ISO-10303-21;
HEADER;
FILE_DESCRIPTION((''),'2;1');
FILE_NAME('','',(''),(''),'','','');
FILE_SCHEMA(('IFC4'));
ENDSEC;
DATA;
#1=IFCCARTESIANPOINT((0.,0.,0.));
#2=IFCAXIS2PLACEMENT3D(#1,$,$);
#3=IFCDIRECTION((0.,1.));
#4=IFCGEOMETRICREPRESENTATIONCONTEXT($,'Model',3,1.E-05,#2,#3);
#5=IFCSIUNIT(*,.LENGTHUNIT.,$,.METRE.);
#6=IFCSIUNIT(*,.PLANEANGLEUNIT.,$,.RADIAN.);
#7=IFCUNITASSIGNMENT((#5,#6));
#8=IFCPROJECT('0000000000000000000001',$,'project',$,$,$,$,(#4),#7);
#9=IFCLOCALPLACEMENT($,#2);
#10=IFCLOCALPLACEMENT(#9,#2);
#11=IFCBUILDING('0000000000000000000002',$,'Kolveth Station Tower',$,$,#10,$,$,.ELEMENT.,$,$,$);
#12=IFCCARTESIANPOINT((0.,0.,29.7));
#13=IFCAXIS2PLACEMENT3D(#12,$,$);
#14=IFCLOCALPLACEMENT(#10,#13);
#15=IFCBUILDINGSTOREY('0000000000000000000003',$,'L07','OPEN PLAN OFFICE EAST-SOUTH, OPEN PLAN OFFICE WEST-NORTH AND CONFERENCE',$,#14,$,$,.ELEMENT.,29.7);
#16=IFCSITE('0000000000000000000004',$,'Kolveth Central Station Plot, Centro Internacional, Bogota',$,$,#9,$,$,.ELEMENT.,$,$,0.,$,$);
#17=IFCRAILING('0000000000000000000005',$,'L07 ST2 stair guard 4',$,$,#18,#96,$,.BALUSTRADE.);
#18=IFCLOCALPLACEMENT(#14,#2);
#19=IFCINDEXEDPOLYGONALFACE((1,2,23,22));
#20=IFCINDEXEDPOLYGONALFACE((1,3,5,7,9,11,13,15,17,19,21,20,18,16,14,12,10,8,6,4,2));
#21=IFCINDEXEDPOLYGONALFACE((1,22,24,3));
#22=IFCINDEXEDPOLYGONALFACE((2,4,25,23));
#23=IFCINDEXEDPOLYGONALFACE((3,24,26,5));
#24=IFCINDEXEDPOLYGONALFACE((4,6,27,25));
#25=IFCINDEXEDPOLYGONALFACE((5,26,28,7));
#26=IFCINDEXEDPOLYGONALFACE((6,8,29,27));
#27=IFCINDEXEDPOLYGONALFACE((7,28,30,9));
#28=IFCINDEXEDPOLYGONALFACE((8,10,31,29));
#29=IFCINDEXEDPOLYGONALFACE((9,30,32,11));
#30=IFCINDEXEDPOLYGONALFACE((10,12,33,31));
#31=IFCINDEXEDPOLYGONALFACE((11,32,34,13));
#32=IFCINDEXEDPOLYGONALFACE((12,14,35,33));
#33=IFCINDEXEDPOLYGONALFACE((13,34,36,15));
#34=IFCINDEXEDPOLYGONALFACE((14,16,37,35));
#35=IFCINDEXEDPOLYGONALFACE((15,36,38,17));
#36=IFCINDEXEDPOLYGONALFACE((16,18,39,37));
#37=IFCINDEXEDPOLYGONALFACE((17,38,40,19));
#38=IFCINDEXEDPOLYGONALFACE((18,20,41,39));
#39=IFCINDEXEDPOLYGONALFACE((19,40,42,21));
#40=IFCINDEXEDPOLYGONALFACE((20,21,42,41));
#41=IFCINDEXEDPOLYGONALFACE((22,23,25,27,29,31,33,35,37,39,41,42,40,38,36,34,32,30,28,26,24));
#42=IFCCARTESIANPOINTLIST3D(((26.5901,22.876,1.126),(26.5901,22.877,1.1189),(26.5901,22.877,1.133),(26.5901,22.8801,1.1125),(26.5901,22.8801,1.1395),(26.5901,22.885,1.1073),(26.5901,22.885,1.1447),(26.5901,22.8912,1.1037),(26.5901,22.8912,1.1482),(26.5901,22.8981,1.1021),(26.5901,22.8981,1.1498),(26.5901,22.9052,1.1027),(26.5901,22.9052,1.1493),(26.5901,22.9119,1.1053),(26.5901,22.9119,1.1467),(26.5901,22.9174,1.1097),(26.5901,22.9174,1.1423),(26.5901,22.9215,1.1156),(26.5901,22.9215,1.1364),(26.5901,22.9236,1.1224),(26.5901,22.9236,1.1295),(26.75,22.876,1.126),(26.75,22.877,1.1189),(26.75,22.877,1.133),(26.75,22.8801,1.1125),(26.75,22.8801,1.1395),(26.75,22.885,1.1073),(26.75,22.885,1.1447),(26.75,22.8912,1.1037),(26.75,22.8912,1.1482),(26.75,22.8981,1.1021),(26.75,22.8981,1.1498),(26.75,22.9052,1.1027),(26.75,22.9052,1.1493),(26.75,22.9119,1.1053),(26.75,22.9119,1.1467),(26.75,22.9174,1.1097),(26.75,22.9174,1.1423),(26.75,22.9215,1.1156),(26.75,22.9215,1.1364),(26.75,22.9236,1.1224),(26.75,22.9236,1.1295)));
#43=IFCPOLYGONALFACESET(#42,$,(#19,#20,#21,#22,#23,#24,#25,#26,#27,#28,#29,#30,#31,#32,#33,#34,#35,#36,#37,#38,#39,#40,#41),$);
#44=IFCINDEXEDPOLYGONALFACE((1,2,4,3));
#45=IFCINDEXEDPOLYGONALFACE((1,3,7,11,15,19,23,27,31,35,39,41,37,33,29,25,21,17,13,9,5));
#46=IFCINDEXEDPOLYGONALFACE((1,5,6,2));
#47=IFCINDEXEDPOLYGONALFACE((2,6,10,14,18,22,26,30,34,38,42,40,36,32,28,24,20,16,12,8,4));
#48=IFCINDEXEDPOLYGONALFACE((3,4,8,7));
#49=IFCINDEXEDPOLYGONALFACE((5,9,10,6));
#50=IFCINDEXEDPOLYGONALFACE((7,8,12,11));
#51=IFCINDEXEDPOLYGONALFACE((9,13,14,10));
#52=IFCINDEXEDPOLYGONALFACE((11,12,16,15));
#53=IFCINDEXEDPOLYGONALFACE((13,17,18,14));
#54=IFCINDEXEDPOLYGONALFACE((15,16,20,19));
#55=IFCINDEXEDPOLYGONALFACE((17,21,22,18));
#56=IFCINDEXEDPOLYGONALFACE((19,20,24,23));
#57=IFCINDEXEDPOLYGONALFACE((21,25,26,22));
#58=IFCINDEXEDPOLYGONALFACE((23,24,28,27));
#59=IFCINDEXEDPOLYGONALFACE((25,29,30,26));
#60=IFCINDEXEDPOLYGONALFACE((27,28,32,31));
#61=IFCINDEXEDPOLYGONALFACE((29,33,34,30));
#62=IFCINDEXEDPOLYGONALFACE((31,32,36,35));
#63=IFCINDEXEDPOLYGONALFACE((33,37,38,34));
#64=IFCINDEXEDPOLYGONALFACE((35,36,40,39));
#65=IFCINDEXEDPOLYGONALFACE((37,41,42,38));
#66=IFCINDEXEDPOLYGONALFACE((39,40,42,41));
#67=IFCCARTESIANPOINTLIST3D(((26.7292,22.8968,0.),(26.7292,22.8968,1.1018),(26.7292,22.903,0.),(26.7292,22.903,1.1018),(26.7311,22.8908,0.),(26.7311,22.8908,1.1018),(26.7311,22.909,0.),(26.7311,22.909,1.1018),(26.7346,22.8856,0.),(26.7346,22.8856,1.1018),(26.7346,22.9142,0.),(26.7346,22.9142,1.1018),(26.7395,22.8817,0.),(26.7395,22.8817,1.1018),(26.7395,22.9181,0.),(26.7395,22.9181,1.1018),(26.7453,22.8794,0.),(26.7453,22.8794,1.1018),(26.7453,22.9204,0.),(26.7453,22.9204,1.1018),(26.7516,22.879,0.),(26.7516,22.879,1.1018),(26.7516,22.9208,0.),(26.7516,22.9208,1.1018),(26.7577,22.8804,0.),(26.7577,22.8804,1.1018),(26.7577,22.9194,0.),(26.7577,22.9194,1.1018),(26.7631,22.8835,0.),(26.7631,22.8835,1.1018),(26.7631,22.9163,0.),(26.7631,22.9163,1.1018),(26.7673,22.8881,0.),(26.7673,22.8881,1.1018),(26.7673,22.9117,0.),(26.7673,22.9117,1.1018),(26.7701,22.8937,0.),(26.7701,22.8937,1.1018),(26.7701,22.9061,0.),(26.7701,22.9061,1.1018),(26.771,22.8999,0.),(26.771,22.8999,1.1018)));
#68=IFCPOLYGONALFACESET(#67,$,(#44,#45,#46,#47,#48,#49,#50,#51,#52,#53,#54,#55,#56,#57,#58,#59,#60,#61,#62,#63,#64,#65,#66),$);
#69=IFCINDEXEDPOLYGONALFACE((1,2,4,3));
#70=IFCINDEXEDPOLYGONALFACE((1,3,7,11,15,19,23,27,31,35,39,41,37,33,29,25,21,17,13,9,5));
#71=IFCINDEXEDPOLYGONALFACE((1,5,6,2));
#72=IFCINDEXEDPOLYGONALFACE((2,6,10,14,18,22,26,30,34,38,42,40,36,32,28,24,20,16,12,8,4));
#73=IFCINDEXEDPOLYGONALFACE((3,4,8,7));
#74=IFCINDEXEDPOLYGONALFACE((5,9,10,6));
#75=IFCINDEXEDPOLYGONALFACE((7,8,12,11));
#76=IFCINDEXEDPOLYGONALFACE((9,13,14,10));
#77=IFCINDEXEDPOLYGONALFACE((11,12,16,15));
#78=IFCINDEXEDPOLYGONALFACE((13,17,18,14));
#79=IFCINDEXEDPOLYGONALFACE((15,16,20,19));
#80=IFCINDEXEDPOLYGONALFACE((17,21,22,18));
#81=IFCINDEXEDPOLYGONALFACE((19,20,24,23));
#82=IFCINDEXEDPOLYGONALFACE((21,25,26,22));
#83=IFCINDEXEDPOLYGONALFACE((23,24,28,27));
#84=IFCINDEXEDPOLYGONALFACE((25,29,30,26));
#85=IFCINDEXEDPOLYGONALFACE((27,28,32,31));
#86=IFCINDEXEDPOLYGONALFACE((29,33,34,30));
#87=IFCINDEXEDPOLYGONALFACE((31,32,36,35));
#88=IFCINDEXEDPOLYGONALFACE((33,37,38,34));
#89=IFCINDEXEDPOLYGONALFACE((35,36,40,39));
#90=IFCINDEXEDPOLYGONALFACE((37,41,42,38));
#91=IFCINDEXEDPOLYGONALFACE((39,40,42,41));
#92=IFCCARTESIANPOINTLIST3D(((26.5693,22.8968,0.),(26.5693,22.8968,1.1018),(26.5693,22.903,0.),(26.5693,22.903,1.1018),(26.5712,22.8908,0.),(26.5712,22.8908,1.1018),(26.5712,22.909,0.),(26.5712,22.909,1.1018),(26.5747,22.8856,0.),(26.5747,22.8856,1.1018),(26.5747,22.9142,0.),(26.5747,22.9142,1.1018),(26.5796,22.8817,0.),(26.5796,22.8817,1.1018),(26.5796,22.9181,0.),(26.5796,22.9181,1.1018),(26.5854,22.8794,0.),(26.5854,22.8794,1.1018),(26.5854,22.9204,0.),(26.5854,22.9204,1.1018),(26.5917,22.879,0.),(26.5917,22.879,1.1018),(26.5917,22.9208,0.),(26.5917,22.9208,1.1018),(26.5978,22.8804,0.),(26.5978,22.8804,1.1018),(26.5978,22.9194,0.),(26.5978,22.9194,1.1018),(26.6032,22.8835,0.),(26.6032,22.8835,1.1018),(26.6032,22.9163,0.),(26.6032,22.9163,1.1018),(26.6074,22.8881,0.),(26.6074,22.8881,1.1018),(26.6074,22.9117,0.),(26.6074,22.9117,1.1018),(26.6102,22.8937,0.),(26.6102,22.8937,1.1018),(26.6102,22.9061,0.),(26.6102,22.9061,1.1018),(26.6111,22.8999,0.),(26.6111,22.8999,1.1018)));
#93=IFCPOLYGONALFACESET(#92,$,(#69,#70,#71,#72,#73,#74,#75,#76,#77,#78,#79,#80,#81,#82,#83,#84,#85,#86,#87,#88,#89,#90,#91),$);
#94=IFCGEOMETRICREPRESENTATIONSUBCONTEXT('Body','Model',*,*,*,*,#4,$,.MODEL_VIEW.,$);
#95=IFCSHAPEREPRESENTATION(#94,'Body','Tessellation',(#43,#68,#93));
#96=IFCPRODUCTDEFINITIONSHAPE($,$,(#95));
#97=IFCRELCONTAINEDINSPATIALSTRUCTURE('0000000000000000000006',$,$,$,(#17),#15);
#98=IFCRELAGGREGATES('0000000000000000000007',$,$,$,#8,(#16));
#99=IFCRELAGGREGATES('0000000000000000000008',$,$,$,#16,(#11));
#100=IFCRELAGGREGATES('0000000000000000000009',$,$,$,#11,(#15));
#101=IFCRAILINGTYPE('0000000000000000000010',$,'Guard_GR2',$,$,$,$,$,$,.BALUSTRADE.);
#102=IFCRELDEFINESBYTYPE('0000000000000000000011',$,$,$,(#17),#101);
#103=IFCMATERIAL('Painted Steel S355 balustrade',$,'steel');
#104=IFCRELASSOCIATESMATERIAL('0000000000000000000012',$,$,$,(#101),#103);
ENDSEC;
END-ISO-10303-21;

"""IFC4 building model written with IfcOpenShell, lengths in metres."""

from ifc_helpers import new_model, si_unit, direction, frame, origin, origin_2d, place, context, subcontext, project, spatial, circle, extrude, material, type_object, element, save


model = new_model("IFC4")

# Units and contexts
model_context = context("Model", 3, precision=1e-05, world=origin(), true_north=direction((0.0, 1.0)))
body_context = subcontext(model_context, "Body", "Model", "MODEL_VIEW")
ifc_project = project(units=[si_unit("LENGTHUNIT", "METRE"), si_unit("PLANEANGLEUNIT", "RADIAN")], contexts=[model_context])

# Site, building, storey
site_placement = place(None, origin())
site = spatial("IfcSite", under=ifc_project, at=site_placement, Name="Kolveth Central Station Plot, Centro Internacional, Bogota", CompositionType="ELEMENT", RefElevation=0.0)
building_placement = place(site_placement, origin())
building = spatial("IfcBuilding", under=site, at=building_placement, Name="Kolveth Station Tower", CompositionType="ELEMENT")
storey_placement = place(building_placement, frame((0.0, 0.0, 29.7)))
storey = spatial("IfcBuildingStorey", under=building, at=storey_placement, Name="L07", Description="OPEN PLAN OFFICE EAST-SOUTH, OPEN PLAN OFFICE WEST-NORTH AND CONFERENCE", CompositionType="ELEMENT", Elevation=29.7)

# Railing
ifc_material_1 = material(Name="Painted Steel S355 balustrade", Category="steel")
railing_type_1 = type_object("IfcRailingType", Name="Guard_GR2", PredefinedType="BALUSTRADE", material=ifc_material_1)
railing_1_placement = place(storey_placement, frame((26.75, 22.8999, 0.0)))
element("IfcRailing", 1, at=railing_1_placement, inside=storey, type_object=railing_type_1, Name="L07 ST2 stair guard 4", PredefinedType="BALUSTRADE", context=body_context, shape_type="SweptSolid", body=[
    extrude(circle(Radius=0.0239, at=origin_2d()), frame((0.0, 0.0, 1.126), z_axis=(-1.0, 0.0, 0.0), x_axis=(0.0, -1.0, 0.0)), (0.0, 0.0, 1.0), 0.1599),
    extrude(circle(Radius=0.021, at=origin_2d()), origin(), (0.0, 0.0, 1.0), 1.1018),
    extrude(circle(Radius=0.021, at=origin_2d()), frame((-0.1599, 0.0, 0.0)), (0.0, 0.0, 1.0), 1.1018),
])

save(model, "model.ifc")
